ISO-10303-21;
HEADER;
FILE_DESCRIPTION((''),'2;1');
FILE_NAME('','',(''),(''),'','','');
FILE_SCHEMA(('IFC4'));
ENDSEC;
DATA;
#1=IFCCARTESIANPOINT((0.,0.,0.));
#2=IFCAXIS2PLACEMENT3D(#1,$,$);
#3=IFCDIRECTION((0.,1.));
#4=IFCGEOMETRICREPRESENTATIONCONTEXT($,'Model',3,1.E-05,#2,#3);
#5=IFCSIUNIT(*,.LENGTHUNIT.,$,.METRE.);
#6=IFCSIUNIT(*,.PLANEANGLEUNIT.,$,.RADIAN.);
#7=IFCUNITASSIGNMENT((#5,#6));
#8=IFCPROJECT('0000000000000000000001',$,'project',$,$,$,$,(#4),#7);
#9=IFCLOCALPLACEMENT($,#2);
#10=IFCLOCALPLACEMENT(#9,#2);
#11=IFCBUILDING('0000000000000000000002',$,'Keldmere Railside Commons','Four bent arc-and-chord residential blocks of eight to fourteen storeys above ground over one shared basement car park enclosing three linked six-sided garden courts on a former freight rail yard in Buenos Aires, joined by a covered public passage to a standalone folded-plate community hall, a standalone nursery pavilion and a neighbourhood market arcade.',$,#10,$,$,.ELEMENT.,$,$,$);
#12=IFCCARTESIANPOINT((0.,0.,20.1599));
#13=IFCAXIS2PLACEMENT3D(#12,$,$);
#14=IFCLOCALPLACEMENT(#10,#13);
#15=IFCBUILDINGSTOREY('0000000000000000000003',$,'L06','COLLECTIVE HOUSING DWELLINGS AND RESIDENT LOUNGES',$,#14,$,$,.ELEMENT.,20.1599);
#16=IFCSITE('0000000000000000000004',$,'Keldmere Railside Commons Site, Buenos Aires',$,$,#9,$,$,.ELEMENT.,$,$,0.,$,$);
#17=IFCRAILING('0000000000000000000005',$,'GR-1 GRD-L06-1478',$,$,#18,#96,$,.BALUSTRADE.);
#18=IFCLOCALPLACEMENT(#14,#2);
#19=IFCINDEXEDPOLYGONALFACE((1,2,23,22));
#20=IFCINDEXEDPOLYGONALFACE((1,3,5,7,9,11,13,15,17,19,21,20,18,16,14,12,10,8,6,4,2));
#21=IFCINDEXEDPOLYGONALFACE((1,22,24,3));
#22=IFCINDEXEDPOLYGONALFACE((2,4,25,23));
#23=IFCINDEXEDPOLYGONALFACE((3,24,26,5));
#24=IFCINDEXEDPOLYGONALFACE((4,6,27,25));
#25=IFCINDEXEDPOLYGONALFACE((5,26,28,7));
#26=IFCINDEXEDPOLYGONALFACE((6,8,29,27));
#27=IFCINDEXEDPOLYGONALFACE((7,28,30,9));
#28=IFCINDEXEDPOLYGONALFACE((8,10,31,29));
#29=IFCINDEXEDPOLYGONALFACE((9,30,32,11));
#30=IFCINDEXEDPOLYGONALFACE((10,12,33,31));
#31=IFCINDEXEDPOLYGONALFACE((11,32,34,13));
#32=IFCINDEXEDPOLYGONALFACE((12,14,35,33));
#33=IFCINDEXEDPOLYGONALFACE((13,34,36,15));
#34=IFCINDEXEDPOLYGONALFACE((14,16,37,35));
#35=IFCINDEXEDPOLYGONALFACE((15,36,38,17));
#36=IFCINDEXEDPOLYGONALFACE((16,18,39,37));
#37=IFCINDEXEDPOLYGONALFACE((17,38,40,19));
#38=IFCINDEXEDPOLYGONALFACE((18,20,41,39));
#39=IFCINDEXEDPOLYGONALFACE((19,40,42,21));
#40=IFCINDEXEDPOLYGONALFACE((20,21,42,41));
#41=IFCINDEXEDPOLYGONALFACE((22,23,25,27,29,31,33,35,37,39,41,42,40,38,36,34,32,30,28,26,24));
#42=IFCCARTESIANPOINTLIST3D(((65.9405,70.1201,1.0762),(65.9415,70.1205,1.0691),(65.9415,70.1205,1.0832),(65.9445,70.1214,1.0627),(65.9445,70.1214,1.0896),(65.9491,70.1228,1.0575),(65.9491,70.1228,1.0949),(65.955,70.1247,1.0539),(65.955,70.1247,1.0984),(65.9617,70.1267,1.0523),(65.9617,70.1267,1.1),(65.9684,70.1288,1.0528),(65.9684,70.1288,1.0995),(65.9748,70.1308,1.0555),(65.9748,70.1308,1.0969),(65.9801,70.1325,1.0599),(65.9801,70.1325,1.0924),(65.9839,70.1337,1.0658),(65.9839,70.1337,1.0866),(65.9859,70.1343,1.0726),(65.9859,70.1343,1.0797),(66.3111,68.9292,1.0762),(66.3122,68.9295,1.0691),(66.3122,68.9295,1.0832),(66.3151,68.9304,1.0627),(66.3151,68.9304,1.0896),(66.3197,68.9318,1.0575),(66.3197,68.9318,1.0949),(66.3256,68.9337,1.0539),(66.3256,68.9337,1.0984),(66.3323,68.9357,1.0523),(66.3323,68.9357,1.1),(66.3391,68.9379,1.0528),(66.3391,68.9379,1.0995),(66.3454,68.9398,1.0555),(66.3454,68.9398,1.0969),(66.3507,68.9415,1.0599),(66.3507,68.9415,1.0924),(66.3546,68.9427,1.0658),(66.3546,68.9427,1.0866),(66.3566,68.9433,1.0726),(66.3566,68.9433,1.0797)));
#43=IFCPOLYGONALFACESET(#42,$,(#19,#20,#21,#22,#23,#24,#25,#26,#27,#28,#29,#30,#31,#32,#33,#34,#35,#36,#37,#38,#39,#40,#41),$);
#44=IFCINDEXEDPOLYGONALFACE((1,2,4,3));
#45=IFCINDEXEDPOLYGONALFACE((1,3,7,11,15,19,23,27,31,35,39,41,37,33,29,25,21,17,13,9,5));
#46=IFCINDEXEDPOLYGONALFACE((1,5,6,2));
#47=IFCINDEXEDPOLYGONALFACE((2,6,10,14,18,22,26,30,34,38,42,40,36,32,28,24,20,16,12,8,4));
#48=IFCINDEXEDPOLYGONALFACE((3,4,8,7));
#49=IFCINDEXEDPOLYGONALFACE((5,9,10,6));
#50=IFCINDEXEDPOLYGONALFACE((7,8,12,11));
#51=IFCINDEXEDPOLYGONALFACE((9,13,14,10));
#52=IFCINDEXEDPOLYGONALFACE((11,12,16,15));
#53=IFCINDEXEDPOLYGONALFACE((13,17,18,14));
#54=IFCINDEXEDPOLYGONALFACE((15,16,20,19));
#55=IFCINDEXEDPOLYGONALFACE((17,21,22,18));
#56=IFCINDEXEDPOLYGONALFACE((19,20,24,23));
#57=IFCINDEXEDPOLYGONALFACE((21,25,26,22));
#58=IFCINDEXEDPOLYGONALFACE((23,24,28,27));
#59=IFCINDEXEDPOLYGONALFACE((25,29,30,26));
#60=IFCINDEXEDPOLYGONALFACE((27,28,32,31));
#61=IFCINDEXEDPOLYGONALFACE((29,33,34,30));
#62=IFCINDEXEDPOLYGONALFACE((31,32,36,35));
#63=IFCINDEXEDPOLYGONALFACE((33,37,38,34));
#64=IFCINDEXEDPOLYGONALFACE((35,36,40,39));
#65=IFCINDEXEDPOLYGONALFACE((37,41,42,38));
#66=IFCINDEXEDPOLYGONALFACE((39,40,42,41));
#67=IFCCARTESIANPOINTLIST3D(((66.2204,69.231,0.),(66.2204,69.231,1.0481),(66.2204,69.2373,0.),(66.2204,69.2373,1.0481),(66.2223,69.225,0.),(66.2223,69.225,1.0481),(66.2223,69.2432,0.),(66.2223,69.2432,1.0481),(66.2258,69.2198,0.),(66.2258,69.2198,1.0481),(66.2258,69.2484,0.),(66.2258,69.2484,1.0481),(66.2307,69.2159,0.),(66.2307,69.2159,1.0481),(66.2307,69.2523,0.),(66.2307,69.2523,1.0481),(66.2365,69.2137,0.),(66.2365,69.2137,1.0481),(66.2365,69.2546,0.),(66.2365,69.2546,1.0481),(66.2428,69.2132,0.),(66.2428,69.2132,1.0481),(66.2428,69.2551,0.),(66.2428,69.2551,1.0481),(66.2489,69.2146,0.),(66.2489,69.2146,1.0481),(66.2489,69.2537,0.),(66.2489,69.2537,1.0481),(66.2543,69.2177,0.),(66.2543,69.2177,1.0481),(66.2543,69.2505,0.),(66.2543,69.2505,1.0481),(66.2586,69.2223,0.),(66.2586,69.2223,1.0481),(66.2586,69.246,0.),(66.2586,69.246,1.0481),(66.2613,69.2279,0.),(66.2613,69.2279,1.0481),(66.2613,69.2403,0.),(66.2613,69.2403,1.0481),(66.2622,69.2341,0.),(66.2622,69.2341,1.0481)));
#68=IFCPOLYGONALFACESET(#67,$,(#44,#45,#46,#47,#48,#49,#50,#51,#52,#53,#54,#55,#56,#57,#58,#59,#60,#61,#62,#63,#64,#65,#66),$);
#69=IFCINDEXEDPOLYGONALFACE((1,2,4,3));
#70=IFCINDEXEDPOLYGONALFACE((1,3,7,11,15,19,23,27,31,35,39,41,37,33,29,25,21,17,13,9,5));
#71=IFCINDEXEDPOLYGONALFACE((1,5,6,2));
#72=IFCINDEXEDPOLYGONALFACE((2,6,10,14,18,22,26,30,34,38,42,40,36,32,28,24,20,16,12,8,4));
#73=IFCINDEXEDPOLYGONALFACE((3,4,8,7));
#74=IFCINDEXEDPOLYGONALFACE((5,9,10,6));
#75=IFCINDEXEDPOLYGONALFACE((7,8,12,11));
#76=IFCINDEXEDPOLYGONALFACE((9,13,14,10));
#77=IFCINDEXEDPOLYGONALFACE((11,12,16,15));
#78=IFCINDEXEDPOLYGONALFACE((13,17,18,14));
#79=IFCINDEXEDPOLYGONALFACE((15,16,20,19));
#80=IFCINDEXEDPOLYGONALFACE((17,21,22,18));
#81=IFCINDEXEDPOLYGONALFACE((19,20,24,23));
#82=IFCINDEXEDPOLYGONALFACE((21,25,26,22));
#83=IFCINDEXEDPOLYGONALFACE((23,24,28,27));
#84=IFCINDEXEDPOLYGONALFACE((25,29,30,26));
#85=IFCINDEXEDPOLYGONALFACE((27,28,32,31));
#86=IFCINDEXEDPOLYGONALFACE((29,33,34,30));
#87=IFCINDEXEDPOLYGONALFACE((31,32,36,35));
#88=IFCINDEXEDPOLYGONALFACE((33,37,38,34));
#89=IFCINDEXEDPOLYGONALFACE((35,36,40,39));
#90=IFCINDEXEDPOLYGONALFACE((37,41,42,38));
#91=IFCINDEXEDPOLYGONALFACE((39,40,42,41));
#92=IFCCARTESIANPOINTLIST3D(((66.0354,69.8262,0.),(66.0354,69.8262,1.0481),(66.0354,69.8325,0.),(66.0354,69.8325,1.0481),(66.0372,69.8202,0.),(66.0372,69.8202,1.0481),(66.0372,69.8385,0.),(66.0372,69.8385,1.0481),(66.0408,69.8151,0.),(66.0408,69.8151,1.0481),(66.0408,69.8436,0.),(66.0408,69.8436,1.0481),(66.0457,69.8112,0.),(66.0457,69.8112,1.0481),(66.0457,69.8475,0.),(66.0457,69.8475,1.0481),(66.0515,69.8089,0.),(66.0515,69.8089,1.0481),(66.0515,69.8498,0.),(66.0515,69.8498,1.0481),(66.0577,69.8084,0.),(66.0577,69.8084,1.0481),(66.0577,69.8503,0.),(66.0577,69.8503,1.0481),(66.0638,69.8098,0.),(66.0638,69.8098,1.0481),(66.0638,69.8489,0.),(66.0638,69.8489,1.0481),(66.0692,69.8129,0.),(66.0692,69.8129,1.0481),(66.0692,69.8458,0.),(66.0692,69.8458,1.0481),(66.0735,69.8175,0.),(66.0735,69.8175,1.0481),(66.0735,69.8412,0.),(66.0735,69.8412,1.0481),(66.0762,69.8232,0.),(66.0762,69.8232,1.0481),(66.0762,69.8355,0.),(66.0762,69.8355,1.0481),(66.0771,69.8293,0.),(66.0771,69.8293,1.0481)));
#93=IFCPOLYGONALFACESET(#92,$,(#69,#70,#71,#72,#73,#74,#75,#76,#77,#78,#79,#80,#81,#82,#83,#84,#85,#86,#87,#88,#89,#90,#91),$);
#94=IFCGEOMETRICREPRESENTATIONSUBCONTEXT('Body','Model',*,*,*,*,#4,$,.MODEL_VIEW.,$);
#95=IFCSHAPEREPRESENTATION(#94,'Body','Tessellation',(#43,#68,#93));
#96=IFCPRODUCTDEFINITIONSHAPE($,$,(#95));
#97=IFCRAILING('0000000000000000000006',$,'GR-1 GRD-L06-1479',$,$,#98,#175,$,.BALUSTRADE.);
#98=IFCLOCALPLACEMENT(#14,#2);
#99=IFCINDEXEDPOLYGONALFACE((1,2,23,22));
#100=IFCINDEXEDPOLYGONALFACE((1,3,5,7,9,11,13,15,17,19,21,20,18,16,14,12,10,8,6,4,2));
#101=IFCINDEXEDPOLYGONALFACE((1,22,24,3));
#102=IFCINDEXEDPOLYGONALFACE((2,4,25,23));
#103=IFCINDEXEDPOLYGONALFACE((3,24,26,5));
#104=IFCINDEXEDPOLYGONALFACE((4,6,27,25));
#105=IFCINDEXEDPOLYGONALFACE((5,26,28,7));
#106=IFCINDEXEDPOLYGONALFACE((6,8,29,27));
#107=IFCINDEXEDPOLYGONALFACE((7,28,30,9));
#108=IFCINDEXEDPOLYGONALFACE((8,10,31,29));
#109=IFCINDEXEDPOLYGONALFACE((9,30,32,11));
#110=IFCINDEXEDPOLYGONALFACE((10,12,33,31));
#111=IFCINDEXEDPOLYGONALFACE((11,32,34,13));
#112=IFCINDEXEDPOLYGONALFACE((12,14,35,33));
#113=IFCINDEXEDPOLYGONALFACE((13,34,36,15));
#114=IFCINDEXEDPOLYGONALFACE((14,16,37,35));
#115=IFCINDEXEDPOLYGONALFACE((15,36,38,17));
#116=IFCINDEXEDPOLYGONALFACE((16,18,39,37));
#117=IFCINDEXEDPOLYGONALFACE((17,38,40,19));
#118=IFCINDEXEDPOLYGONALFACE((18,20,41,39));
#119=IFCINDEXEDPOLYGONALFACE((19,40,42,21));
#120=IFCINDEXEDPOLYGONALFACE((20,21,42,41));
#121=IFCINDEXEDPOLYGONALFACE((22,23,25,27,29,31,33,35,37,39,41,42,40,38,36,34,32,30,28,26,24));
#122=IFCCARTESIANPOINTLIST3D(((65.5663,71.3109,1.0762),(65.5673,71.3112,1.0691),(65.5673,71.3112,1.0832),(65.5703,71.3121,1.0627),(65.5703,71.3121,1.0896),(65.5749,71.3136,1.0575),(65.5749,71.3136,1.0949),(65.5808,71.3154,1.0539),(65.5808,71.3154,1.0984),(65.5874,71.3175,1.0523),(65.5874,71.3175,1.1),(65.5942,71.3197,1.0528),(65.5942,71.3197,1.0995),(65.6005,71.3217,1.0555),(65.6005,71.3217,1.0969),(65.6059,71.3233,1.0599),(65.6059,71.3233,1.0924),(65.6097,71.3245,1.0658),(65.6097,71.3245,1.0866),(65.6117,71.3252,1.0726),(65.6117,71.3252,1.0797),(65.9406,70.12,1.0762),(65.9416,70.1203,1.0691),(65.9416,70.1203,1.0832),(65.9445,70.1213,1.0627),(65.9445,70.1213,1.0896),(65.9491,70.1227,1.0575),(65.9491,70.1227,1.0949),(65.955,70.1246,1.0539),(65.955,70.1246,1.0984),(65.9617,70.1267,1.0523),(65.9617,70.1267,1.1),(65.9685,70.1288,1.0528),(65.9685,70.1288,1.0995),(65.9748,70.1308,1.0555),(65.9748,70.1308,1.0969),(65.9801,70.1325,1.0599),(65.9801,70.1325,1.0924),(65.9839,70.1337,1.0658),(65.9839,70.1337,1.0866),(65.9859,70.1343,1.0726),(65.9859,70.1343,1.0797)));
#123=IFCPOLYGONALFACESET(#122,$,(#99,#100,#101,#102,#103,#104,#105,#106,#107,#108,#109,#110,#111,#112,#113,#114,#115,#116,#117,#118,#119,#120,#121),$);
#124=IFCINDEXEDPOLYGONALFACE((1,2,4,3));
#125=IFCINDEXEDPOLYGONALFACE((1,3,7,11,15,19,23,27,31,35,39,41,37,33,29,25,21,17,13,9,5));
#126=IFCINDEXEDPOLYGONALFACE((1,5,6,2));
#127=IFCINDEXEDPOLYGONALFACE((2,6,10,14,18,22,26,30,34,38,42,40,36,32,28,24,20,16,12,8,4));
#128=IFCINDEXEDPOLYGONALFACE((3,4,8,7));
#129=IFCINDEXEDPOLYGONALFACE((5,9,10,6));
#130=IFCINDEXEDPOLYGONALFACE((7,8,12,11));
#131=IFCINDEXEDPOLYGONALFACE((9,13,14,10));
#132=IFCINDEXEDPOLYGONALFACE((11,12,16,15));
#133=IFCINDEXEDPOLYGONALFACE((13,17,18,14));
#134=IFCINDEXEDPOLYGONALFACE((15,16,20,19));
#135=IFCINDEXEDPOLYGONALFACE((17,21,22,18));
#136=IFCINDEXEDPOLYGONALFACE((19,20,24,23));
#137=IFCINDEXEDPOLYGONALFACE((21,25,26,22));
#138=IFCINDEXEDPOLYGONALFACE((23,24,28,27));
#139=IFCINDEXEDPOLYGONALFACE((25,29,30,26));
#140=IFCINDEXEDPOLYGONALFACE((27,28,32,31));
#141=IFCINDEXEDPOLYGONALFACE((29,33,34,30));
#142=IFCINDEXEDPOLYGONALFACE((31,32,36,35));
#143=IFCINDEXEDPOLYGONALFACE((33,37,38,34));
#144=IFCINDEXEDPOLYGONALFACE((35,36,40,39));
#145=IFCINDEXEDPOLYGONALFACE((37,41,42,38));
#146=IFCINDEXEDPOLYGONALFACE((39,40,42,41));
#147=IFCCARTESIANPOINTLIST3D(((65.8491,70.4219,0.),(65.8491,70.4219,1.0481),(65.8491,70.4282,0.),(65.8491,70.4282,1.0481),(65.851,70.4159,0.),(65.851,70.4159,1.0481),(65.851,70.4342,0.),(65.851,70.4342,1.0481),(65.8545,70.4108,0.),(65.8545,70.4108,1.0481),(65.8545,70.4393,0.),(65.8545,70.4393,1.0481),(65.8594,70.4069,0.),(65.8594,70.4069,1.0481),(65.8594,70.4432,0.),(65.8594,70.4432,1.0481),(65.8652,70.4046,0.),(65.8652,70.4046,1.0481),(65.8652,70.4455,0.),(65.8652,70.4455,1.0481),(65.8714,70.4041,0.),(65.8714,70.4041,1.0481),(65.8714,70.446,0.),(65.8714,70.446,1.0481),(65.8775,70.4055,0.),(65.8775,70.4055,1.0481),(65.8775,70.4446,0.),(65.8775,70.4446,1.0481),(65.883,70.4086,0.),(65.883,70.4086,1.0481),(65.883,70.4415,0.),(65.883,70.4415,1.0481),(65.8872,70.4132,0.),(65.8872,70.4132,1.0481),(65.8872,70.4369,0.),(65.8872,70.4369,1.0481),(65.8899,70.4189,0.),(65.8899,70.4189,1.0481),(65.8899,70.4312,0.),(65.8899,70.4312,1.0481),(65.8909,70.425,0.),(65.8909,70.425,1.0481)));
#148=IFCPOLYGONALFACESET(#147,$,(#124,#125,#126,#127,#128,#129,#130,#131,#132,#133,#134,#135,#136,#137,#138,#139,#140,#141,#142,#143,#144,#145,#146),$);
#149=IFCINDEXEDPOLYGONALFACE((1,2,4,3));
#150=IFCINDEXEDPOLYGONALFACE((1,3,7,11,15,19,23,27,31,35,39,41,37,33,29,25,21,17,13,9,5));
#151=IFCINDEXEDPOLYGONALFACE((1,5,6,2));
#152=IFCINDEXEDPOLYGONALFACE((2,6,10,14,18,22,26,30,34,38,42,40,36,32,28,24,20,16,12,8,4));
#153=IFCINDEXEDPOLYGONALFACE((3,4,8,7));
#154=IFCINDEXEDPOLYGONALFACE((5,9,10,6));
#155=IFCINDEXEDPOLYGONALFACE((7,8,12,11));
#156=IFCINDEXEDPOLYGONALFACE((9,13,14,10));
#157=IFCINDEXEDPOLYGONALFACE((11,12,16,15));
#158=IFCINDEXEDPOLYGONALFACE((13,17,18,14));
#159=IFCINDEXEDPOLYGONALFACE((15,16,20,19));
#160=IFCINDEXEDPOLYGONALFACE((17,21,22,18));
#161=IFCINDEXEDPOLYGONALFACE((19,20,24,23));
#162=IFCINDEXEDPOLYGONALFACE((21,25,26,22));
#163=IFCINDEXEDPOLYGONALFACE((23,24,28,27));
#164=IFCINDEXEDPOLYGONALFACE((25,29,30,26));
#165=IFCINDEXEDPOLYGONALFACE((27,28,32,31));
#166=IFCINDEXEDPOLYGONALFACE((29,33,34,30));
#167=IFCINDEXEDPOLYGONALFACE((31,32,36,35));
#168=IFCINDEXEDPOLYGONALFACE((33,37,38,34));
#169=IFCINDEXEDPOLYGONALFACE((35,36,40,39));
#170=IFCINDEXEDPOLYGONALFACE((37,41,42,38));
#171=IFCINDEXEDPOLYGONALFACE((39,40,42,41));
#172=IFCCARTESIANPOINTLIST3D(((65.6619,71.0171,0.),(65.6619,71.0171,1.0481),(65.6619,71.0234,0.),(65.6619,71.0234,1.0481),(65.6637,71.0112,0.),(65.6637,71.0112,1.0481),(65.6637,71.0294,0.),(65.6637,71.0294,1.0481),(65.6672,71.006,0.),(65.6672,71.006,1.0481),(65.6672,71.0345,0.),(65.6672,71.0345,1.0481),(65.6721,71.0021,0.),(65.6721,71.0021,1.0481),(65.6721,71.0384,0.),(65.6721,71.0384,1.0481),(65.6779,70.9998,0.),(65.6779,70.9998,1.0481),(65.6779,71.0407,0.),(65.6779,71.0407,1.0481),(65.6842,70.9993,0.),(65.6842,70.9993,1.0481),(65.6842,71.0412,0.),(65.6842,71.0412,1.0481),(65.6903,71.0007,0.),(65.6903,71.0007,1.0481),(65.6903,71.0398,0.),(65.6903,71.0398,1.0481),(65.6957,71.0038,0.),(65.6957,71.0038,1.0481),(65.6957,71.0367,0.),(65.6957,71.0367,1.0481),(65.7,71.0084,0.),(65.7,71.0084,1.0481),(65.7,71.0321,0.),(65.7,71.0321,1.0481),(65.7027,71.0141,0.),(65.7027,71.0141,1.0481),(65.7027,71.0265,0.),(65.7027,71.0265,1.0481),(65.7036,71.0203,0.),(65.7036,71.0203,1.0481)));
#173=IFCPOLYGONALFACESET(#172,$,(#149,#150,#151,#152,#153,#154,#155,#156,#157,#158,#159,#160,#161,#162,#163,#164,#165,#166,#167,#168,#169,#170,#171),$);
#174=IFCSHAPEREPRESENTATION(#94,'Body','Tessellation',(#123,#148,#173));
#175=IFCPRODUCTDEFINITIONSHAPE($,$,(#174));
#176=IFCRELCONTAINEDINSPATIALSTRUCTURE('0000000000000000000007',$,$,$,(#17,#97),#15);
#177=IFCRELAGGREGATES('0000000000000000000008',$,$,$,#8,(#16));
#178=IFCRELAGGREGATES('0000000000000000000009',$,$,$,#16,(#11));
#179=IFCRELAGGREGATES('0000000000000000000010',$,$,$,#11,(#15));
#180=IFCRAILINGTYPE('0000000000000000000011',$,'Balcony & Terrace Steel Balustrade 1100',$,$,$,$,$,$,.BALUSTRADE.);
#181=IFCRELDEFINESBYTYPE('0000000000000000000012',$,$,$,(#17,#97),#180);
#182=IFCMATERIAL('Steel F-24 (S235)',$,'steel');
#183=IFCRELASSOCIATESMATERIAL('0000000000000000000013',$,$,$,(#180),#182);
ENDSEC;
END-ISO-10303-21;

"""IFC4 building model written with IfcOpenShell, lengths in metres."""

from ifc_helpers import new_model, si_unit, direction, frame, origin, origin_2d, place, context, subcontext, project, spatial, circle, extrude, material, type_object, element, save


model = new_model("IFC4")

# Units and contexts
model_context = context("Model", 3, precision=1e-05, world=origin(), true_north=direction((0.0, 1.0)))
body_context = subcontext(model_context, "Body", "Model", "MODEL_VIEW")
ifc_project = project(units=[si_unit("LENGTHUNIT", "METRE"), si_unit("PLANEANGLEUNIT", "RADIAN")], contexts=[model_context])

# Site, building, storey
site_placement = place(None, origin())
site = spatial("IfcSite", under=ifc_project, at=site_placement, Name="Keldmere Railside Commons Site, Buenos Aires", CompositionType="ELEMENT", RefElevation=0.0)
building_placement = place(site_placement, origin())
building = spatial("IfcBuilding", under=site, at=building_placement, Name="Keldmere Railside Commons", Description="Four bent arc-and-chord residential blocks of eight to fourteen storeys above ground over one shared basement car park enclosing three linked six-sided garden courts on a former freight rail yard in Buenos Aires, joined by a covered public passage to a standalone folded-plate community hall, a standalone nursery pavilion and a neighbourhood market arcade.", CompositionType="ELEMENT")
storey_placement = place(building_placement, frame((0.0, 0.0, 20.1599)))
storey = spatial("IfcBuildingStorey", under=building, at=storey_placement, Name="L06", Description="COLLECTIVE HOUSING DWELLINGS AND RESIDENT LOUNGES", CompositionType="ELEMENT", Elevation=20.1599)

# Railings
ifc_material_1 = material(Name="Steel F-24 (S235)", Category="steel")
railing_type_1 = type_object("IfcRailingType", Name="Balcony & Terrace Steel Balustrade 1100", PredefinedType="BALUSTRADE", material=ifc_material_1)
railing_1_placement = place(storey_placement, frame((66.334, 68.9363, 0.0)))
element("IfcRailing", 1, at=railing_1_placement, inside=storey, type_object=railing_type_1, Name="GR-1 GRD-L06-1478", PredefinedType="BALUSTRADE", context=body_context, shape_type="SweptSolid", body=[
    extrude(circle(Radius=0.0239, at=origin_2d()), frame((0.0, 0.0, 1.0762), z_axis=(-0.297138, 0.954835, 0.0), x_axis=(-0.954835, -0.297138, 0.0)), (0.0, 0.0, 1.0), 1.2473),
    extrude(circle(Radius=0.021, at=origin_2d()), frame((-0.0928, 0.2979, 0.0)), (0.0, 0.0, 1.0), 1.0481),
    extrude(circle(Radius=0.021, at=origin_2d()), frame((-0.2778, 0.8931, 0.0)), (0.0, 0.0, 1.0), 1.0481),
])
railing_2_placement = place(storey_placement, frame((65.9634, 70.1272, 0.0)))
element("IfcRailing", 2, at=railing_2_placement, inside=storey, type_object=railing_type_1, Name="GR-1 GRD-L06-1479", PredefinedType="BALUSTRADE", context=body_context, shape_type="SweptSolid", body=[
    extrude(circle(Radius=0.0239, at=origin_2d()), frame((0.0, 0.0, 1.0762), z_axis=(-0.299811, 0.953999, 0.0), x_axis=(-0.953999, -0.299811, 0.0)), (0.0, 0.0, 1.0), 1.2483),
    extrude(circle(Radius=0.021, at=origin_2d()), frame((-0.0935, 0.2979, 0.0)), (0.0, 0.0, 1.0), 1.0481),
    extrude(circle(Radius=0.021, at=origin_2d()), frame((-0.2808, 0.8931, 0.0)), (0.0, 0.0, 1.0), 1.0481),
])

save(model, "model.ifc")
